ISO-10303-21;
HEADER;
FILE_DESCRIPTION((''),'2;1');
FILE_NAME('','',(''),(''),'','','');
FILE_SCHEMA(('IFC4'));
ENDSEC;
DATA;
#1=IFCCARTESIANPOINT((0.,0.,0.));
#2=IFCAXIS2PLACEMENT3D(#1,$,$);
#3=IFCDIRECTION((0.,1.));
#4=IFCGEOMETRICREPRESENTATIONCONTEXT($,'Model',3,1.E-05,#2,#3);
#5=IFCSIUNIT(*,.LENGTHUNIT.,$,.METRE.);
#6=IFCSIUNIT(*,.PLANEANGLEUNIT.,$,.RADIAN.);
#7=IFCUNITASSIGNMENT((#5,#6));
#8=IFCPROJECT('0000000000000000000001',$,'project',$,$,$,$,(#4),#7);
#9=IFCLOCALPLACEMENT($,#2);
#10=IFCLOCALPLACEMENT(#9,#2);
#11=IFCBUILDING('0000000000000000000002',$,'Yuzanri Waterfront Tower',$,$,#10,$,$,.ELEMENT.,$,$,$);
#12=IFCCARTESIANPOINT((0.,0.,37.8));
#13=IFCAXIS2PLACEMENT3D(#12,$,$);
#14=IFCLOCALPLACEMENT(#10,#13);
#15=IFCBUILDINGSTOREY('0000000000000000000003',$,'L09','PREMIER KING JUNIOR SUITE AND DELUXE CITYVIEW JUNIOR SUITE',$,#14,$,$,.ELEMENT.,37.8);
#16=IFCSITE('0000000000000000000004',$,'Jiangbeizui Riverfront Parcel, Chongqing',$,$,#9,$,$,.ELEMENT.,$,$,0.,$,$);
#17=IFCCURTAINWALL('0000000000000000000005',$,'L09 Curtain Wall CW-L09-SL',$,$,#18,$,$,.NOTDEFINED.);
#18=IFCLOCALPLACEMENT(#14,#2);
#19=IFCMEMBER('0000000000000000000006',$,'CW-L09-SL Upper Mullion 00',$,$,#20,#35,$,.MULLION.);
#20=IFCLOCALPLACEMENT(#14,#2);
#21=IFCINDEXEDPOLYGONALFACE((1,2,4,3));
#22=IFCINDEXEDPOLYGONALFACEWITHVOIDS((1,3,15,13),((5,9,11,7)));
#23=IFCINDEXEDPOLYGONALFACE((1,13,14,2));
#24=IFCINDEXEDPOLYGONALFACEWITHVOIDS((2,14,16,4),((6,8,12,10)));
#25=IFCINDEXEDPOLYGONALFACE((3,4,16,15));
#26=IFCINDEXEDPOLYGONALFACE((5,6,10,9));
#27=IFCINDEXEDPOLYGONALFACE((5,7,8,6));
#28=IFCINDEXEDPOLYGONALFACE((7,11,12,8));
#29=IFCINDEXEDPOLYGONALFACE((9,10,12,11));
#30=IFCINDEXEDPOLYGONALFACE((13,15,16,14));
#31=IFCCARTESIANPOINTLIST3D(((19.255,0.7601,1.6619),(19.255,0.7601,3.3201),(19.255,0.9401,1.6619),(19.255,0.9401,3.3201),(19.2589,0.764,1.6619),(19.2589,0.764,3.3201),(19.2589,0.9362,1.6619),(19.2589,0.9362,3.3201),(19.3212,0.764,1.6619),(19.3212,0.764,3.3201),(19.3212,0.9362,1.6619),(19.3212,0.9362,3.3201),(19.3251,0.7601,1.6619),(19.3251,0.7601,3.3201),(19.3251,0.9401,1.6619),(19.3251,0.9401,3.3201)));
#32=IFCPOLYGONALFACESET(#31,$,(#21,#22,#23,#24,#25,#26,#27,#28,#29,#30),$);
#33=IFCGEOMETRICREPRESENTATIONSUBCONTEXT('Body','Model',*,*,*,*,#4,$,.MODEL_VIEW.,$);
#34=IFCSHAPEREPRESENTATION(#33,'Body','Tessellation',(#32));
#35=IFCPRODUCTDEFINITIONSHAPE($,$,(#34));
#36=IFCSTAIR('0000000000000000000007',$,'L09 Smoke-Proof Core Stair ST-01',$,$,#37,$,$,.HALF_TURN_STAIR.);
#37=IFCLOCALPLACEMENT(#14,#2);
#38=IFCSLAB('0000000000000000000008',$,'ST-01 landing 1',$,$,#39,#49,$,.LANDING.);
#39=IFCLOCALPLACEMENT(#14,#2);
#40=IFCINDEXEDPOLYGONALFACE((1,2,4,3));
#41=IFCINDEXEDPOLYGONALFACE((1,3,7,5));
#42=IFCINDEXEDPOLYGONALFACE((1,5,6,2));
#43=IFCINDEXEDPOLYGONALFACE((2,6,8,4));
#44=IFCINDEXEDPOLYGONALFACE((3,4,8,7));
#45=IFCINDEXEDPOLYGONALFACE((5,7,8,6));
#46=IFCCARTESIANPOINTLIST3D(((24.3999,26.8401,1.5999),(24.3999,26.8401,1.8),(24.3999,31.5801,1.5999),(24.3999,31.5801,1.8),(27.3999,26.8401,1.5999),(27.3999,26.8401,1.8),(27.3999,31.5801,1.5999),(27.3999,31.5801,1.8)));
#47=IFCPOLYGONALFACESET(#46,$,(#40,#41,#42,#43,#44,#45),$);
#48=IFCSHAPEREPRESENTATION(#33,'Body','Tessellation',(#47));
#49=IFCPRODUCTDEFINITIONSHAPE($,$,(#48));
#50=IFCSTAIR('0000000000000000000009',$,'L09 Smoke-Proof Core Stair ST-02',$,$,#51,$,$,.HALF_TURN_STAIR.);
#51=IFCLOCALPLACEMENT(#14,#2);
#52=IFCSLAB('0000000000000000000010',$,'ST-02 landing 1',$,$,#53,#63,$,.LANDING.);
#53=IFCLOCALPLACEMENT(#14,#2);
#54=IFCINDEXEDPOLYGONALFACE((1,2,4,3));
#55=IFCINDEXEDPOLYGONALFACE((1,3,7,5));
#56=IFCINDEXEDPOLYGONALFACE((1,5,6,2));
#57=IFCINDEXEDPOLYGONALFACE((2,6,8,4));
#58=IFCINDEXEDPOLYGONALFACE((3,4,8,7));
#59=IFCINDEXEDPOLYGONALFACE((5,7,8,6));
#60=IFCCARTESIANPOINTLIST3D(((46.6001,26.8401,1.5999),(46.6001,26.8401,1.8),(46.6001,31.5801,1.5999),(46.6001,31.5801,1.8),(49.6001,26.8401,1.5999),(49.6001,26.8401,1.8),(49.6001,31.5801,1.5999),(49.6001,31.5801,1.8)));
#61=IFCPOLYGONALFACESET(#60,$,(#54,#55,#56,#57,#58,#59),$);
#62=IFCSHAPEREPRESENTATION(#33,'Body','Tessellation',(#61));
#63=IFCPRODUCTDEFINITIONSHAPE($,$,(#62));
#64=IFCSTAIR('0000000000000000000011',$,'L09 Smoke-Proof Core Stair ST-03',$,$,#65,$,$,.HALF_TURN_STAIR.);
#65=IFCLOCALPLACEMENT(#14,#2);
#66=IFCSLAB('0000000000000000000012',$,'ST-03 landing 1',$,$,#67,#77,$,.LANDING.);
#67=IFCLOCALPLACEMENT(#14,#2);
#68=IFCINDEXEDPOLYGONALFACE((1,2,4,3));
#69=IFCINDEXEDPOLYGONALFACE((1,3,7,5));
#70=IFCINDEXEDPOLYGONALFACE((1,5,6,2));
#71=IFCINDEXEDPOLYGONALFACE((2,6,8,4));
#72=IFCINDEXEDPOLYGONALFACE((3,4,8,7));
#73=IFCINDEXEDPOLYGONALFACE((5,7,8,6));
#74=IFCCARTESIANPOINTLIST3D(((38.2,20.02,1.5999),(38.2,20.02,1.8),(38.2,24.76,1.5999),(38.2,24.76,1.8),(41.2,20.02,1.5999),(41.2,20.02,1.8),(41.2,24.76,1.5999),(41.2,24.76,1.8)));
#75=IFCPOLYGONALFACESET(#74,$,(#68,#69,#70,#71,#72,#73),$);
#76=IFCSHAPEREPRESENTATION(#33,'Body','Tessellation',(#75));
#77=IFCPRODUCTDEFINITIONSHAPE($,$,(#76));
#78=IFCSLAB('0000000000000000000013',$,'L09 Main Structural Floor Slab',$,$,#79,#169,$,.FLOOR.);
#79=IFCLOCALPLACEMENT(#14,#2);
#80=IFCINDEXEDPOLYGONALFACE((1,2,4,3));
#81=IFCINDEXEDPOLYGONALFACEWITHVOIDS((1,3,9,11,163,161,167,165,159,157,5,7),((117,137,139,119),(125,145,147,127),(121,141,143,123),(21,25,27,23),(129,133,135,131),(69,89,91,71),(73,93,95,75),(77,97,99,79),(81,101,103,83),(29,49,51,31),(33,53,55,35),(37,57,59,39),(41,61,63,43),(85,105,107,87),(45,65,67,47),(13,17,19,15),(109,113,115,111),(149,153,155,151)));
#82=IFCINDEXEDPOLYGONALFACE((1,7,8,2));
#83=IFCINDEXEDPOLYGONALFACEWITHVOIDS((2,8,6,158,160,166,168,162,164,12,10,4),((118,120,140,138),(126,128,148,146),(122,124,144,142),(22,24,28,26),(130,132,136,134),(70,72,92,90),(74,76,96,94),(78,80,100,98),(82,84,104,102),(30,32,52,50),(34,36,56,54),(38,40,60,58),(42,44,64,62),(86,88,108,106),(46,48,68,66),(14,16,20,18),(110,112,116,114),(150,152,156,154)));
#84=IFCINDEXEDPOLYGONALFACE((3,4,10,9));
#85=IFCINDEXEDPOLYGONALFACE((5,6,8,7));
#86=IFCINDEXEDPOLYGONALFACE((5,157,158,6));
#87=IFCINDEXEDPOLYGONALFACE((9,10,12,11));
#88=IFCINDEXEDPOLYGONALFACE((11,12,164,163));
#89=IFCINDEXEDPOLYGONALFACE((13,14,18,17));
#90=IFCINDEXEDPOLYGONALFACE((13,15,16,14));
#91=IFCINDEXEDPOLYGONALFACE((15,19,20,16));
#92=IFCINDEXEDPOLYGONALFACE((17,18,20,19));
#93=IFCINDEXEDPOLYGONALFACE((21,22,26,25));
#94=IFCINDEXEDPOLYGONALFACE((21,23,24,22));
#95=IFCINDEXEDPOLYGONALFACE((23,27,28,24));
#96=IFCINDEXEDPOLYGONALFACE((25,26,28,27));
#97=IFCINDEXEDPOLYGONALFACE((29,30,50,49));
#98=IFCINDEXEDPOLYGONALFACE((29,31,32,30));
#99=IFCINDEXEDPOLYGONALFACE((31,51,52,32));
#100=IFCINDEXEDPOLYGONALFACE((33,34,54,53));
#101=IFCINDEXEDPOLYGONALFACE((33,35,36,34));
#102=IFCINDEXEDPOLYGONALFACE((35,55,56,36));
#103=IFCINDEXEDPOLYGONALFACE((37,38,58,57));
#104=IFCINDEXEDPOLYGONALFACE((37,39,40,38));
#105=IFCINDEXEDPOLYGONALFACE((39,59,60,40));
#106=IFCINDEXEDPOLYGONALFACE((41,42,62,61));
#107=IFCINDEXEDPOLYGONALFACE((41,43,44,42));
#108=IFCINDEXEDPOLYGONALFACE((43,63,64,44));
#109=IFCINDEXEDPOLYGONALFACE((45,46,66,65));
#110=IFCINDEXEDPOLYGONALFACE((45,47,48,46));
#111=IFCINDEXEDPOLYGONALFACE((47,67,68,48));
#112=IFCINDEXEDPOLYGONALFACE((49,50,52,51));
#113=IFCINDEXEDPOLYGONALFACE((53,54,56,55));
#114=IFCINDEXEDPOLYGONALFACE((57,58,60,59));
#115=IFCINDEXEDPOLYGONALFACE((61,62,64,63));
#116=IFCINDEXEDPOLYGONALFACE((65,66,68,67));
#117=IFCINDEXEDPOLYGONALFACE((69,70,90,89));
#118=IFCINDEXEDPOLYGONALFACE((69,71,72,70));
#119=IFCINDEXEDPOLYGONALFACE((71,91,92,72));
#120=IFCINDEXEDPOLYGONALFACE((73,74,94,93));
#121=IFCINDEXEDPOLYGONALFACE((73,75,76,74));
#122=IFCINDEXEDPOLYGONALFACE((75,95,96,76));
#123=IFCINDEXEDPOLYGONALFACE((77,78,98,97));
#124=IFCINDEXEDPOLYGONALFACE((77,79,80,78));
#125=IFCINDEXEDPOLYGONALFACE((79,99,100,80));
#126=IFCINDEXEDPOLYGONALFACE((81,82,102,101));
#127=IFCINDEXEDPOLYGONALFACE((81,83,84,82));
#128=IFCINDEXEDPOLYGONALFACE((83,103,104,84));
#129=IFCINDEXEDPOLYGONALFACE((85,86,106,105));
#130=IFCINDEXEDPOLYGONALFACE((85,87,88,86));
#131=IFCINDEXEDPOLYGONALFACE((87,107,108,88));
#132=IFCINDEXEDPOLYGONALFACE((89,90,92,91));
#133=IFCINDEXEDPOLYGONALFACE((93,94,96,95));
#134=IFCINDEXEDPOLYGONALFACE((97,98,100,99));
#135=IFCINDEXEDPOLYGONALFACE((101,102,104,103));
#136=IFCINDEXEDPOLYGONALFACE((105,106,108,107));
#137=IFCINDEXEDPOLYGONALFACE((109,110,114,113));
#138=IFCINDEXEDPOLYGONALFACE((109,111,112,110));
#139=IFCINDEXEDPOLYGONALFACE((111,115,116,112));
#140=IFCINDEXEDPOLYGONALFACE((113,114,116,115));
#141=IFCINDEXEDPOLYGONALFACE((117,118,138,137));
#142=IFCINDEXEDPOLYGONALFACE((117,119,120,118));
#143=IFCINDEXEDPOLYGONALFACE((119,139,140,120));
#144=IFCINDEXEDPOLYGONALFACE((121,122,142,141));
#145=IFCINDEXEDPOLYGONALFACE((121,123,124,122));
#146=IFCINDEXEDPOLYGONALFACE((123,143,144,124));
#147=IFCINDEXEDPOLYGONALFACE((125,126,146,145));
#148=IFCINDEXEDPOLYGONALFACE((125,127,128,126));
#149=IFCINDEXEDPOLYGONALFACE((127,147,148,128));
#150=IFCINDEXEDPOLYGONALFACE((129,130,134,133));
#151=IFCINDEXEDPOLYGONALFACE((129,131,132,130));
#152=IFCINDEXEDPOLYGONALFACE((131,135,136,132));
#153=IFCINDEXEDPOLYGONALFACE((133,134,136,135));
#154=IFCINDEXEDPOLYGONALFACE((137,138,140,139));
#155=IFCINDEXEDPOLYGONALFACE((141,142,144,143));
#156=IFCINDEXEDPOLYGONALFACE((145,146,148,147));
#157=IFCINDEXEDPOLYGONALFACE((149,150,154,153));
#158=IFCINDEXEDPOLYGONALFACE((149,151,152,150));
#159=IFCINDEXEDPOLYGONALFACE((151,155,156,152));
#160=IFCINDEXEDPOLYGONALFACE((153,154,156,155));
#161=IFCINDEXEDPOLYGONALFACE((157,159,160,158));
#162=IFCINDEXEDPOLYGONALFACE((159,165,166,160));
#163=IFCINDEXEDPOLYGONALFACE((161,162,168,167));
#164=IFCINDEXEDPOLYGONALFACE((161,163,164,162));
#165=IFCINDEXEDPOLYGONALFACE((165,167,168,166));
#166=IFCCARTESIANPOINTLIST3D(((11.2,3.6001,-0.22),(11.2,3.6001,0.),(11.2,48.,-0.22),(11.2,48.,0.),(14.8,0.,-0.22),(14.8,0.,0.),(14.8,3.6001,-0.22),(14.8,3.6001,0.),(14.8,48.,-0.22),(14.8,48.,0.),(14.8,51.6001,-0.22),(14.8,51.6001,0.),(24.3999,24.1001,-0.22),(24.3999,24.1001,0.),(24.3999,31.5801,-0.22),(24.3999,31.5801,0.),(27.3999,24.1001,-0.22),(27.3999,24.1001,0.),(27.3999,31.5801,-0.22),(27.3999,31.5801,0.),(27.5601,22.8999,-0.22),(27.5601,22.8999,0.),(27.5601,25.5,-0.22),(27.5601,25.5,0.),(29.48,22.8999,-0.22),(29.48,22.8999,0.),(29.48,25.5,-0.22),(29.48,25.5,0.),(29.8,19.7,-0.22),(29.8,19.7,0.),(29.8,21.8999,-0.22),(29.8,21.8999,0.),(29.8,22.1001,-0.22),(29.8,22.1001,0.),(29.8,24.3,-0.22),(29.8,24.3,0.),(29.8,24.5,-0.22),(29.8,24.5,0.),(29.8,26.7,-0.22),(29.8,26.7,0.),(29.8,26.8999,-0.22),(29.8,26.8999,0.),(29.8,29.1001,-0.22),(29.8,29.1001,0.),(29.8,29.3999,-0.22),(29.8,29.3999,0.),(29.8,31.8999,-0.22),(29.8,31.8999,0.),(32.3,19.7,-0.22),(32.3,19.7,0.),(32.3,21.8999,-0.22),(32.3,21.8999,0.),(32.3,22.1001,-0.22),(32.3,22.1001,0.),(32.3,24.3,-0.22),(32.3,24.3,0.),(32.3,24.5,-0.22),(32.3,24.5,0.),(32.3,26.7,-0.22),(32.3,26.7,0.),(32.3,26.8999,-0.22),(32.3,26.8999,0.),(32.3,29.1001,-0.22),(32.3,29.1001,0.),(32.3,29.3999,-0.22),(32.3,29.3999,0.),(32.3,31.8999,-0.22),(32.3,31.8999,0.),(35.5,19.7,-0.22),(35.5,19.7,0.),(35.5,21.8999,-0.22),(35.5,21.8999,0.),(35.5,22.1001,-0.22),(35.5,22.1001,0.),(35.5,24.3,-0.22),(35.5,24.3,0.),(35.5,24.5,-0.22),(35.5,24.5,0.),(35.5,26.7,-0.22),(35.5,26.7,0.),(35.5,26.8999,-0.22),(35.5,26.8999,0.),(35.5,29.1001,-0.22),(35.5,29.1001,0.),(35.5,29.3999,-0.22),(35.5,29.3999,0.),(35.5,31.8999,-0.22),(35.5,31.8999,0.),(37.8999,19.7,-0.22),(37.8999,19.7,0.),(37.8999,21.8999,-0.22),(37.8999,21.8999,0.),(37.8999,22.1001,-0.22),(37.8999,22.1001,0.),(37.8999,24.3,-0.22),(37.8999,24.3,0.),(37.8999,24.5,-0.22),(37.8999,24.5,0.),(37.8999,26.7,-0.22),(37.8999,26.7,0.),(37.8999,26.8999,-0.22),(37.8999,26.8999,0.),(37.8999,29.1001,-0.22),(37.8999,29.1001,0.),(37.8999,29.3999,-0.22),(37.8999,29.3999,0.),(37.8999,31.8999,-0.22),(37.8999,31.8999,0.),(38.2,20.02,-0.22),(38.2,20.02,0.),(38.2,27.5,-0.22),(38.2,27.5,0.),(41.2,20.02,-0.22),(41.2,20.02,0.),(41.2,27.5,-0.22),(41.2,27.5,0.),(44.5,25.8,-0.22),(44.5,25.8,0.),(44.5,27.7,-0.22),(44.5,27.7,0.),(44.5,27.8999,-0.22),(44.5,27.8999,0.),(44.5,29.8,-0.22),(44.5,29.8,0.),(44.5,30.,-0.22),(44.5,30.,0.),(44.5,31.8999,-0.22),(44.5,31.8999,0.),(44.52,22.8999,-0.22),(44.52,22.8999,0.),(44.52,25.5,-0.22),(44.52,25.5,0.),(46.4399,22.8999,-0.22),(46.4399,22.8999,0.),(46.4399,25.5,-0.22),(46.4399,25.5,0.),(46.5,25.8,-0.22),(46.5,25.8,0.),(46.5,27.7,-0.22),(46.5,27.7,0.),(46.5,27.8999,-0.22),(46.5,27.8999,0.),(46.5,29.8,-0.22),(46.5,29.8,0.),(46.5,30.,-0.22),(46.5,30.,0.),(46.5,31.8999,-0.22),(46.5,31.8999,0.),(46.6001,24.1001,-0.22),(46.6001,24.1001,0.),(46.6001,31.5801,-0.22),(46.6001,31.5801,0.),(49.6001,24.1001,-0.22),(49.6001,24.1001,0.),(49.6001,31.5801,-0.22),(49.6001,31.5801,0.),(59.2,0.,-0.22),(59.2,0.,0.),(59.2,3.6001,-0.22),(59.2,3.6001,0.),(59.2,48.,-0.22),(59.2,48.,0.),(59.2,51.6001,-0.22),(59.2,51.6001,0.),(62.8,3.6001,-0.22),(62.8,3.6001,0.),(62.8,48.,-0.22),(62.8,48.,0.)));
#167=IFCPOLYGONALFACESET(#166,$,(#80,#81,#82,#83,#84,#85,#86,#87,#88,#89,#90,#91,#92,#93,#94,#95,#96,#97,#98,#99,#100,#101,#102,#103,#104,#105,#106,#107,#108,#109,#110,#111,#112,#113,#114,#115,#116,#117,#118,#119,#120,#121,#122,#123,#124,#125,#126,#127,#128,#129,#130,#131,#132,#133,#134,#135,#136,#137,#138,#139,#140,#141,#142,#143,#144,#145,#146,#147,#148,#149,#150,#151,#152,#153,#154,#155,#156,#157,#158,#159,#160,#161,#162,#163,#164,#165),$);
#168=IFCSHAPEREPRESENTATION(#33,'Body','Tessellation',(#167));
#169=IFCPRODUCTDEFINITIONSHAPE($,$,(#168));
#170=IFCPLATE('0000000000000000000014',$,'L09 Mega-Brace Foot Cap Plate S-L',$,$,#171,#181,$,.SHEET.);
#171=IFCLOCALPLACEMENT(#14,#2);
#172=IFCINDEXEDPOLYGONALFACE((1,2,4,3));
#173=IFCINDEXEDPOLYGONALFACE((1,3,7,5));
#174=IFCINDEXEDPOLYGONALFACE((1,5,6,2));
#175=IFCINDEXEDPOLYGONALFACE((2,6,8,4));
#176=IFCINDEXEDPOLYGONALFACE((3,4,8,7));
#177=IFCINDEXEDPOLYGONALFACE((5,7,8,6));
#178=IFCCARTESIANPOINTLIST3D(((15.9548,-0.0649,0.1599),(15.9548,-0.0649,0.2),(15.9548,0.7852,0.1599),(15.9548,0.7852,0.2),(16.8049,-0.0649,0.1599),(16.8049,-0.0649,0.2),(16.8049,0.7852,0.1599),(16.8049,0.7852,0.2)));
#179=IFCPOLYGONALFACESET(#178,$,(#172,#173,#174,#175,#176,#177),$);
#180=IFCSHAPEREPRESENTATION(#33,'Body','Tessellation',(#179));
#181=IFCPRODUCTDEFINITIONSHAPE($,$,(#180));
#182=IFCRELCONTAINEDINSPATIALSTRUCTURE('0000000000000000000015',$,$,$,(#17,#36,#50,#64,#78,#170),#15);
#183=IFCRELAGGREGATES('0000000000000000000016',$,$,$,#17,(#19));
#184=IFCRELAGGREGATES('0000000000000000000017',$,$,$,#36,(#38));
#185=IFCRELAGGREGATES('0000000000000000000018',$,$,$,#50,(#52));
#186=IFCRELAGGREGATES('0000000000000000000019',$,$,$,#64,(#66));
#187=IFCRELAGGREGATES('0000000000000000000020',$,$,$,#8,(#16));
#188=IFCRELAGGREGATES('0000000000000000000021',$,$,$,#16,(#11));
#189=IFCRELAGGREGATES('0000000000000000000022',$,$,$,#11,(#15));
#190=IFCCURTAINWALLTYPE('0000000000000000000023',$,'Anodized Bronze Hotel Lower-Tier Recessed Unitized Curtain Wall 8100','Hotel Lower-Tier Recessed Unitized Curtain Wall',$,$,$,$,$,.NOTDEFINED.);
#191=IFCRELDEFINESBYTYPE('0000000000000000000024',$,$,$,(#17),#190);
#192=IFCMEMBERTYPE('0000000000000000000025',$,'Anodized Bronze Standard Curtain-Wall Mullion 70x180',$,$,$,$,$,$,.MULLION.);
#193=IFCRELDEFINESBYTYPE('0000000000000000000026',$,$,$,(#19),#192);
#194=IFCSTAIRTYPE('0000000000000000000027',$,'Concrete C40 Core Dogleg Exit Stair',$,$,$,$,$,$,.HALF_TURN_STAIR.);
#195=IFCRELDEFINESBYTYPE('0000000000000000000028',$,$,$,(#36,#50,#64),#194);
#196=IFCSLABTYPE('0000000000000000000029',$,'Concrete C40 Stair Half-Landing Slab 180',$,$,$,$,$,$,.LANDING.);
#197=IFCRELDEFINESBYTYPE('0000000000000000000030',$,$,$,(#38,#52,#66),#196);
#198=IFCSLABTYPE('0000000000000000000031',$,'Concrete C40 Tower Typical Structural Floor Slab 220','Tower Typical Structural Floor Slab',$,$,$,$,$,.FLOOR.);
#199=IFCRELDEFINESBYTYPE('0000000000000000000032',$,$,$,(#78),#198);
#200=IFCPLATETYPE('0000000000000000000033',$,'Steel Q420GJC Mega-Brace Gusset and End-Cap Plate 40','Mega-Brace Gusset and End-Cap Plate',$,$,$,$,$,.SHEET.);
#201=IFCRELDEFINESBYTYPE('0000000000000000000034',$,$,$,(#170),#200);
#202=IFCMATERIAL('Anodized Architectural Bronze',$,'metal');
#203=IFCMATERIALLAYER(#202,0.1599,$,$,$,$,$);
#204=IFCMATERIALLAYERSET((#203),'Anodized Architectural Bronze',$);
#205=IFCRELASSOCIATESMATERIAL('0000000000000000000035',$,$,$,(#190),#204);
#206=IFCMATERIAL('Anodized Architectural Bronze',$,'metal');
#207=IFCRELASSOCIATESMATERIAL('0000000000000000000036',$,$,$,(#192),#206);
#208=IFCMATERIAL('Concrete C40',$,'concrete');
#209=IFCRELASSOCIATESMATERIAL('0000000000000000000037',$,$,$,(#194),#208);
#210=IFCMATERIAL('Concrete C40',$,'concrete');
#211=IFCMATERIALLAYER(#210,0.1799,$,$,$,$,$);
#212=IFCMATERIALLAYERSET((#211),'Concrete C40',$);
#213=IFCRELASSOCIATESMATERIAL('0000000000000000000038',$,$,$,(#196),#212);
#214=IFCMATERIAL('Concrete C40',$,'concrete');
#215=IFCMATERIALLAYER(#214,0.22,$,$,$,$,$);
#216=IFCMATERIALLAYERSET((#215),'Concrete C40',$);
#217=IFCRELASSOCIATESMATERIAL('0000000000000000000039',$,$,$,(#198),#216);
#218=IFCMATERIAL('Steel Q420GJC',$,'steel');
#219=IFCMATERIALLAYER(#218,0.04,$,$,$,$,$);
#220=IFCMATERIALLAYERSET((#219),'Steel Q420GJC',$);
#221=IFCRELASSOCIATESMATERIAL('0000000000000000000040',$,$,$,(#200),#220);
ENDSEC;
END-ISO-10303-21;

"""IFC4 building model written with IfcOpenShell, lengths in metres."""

from ifc_helpers import new_model, si_unit, direction, frame, origin, origin_2d, place, context, subcontext, project, spatial, polyline, rectangle, hollow_rectangle, outline, extrude, source, transform, mapped, material, layer, layer_set, material_profile, profile_set, type_object, element, aggregate, save


model = new_model("IFC4")

# Units and contexts
model_context = context("Model", 3, precision=1e-05, world=origin(), true_north=direction((0.0, 1.0)))
body_context = subcontext(model_context, "Body", "Model", "MODEL_VIEW")
ifc_project = project(units=[si_unit("LENGTHUNIT", "METRE"), si_unit("PLANEANGLEUNIT", "RADIAN")], contexts=[model_context])

# Site, building, storey
site_placement = place(None, origin())
site = spatial("IfcSite", under=ifc_project, at=site_placement, Name="Jiangbeizui Riverfront Parcel, Chongqing", CompositionType="ELEMENT", RefElevation=0.0)
building_placement = place(site_placement, origin())
building = spatial("IfcBuilding", under=site, at=building_placement, Name="Yuzanri Waterfront Tower", CompositionType="ELEMENT")
storey_placement = place(building_placement, frame((0.0, 0.0, 37.8)))
storey = spatial("IfcBuildingStorey", under=building, at=storey_placement, Name="L09", Description="PREMIER KING JUNIOR SUITE AND DELUXE CITYVIEW JUNIOR SUITE", CompositionType="ELEMENT", Elevation=37.8)

# Curtain wall, member
ifc_material_1 = material(Name="Anodized Architectural Bronze", Category="metal")
ifc_layer_1 = layer(ifc_material_1, 0.1599)
ifc_layer_set_1 = layer_set([ifc_layer_1], Name="Anodized Architectural Bronze")
curtain_wall_type = type_object("IfcCurtainWallType", Name="Anodized Bronze Hotel Lower-Tier Recessed Unitized Curtain Wall 8100", Description="Hotel Lower-Tier Recessed Unitized Curtain Wall", PredefinedType="NOTDEFINED", material=ifc_layer_set_1)
curtain_wall_placement = place(storey_placement, origin())
curtain_wall = element("IfcCurtainWall", 1, at=curtain_wall_placement, inside=storey, type_object=curtain_wall_type, Name="L09 Curtain Wall CW-L09-SL", PredefinedType="NOTDEFINED")
ifc_material_2 = material(Name="Anodized Architectural Bronze", Category="metal")
ifc_material_profile_1 = material_profile(ifc_material_2, hollow_rectangle(XDim=0.0701, YDim=0.1799, WallThickness=0.0039, at=origin_2d()), Name="CWM 70x180")
ifc_profile_set_1 = profile_set([ifc_material_profile_1], Name="Anodized Architectural Bronze")
member_type_1 = type_object("IfcMemberType", Name="Anodized Bronze Standard Curtain-Wall Mullion 70x180", PredefinedType="MULLION", material=ifc_profile_set_1)
shared_shape_1 = source(origin(), body_context, "Body", "SweptSolid", [
    extrude(hollow_rectangle(XDim=0.0701, YDim=0.1799, WallThickness=0.0039, at=origin_2d()), origin(), (0.0, 0.0, 1.0), 1.6582),
])
member_1_placement = place(storey_placement, frame((19.29, 0.8501, 1.6619), z_axis=(0.0, 0.0, 1.0), x_axis=(1.0, 0.0, 0.0)))
member_1 = element("IfcMember", 2, at=member_1_placement, type_object=member_type_1, Name="CW-L09-SL Upper Mullion 00", PredefinedType="MULLION", context=body_context, shape_type="MappedRepresentation", body=[
    mapped(shared_shape_1, transform((0.0, 0.0, 0.0), scale=1.0)),
])
aggregate(curtain_wall, [member_1])

# Stairs, slabs
ifc_material_3 = material(Name="Concrete C40", Category="concrete")
stair_type = type_object("IfcStairType", Name="Concrete C40 Core Dogleg Exit Stair", PredefinedType="HALF_TURN_STAIR", material=ifc_material_3)
stair_1_placement = place(storey_placement, origin())
stair_1 = element("IfcStair", 3, at=stair_1_placement, inside=storey, type_object=stair_type, Name="L09 Smoke-Proof Core Stair ST-01", PredefinedType="HALF_TURN_STAIR")
ifc_material_4 = material(Name="Concrete C40", Category="concrete")
ifc_layer_2 = layer(ifc_material_4, 0.1799)
ifc_layer_set_2 = layer_set([ifc_layer_2], Name="Concrete C40")
slab_type_1 = type_object("IfcSlabType", Name="Concrete C40 Stair Half-Landing Slab 180", PredefinedType="LANDING", material=ifc_layer_set_2)
slab_1_placement = place(storey_placement, frame((0.0, 0.0, 1.5999)))
slab_1 = element("IfcSlab", 4, at=slab_1_placement, type_object=slab_type_1, Name="ST-01 landing 1", PredefinedType="LANDING", context=body_context, shape_type="SweptSolid", body=[
    extrude(outline(polyline([(27.3999, 26.8401), (27.3999, 31.5801), (24.3999, 31.5801), (24.3999, 26.8401), (27.3999, 26.8401)])), origin(), (0.0, 0.0, 1.0), 0.2002),
])
aggregate(stair_1, [slab_1])
stair_2_placement = place(storey_placement, origin())
stair_2 = element("IfcStair", 5, at=stair_2_placement, inside=storey, type_object=stair_type, Name="L09 Smoke-Proof Core Stair ST-02", PredefinedType="HALF_TURN_STAIR")
slab_2_placement = place(storey_placement, frame((0.0, 0.0, 1.5999)))
slab_2 = element("IfcSlab", 6, at=slab_2_placement, type_object=slab_type_1, Name="ST-02 landing 1", PredefinedType="LANDING", context=body_context, shape_type="SweptSolid", body=[
    extrude(outline(polyline([(49.6001, 26.8401), (49.6001, 31.5801), (46.6001, 31.5801), (46.6001, 26.8401), (49.6001, 26.8401)])), origin(), (0.0, 0.0, 1.0), 0.2002),
])
aggregate(stair_2, [slab_2])
stair_3_placement = place(storey_placement, origin())
stair_3 = element("IfcStair", 7, at=stair_3_placement, inside=storey, type_object=stair_type, Name="L09 Smoke-Proof Core Stair ST-03", PredefinedType="HALF_TURN_STAIR")
slab_3_placement = place(storey_placement, frame((0.0, 0.0, 1.5999)))
slab_3 = element("IfcSlab", 8, at=slab_3_placement, type_object=slab_type_1, Name="ST-03 landing 1", PredefinedType="LANDING", context=body_context, shape_type="SweptSolid", body=[
    extrude(outline(polyline([(38.2, 24.76), (38.2, 20.02), (41.2, 20.02), (41.2, 24.76), (38.2, 24.76)])), origin(), (0.0, 0.0, 1.0), 0.2002),
])
aggregate(stair_3, [slab_3])

# Slab
ifc_material_5 = material(Name="Concrete C40", Category="concrete")
ifc_layer_3 = layer(ifc_material_5, 0.22)
ifc_layer_set_3 = layer_set([ifc_layer_3], Name="Concrete C40")
slab_type_2 = type_object("IfcSlabType", Name="Concrete C40 Tower Typical Structural Floor Slab 220", Description="Tower Typical Structural Floor Slab", PredefinedType="FLOOR", material=ifc_layer_set_3)
slab_4_placement = place(storey_placement, frame((0.0, 0.0, -0.22)))
element("IfcSlab", 9, at=slab_4_placement, inside=storey, type_object=slab_type_2, Name="L09 Main Structural Floor Slab", PredefinedType="FLOOR", context=body_context, shape_type="SweptSolid", body=[
    extrude(outline(polyline([(14.8, 0.0), (59.2, 0.0), (59.2, 3.6001), (62.8, 3.6001), (62.8, 48.0), (59.2, 48.0), (59.2, 51.6001), (14.8, 51.6001), (14.8, 48.0), (11.2, 48.0), (11.2, 3.6001), (14.8, 3.6001), (14.8, 0.0)]), holes=[polyline([(27.3999, 24.1001), (27.3999, 31.5801), (24.3999, 31.5801), (24.3999, 24.1001), (27.3999, 24.1001)]), polyline([(49.6001, 24.1001), (49.6001, 31.5801), (46.6001, 31.5801), (46.6001, 24.1001), (49.6001, 24.1001)]), polyline([(38.2, 27.5), (38.2, 20.02), (41.2, 20.02), (41.2, 27.5), (38.2, 27.5)]), polyline([(27.5601, 22.8999), (29.48, 22.8999), (29.48, 25.5), (27.5601, 25.5), (27.5601, 22.8999)]), polyline([(44.52, 22.8999), (46.4399, 22.8999), (46.4399, 25.5), (44.52, 25.5), (44.52, 22.8999)]), polyline([(29.8, 19.7), (32.3, 19.7), (32.3, 21.8999), (29.8, 21.8999), (29.8, 19.7)]), polyline([(29.8, 22.1001), (32.3, 22.1001), (32.3, 24.3), (29.8, 24.3), (29.8, 22.1001)]), polyline([(29.8, 24.5), (32.3, 24.5), (32.3, 26.7), (29.8, 26.7), (29.8, 24.5)]), polyline([(29.8, 26.8999), (32.3, 26.8999), (32.3, 29.1001), (29.8, 29.1001), (29.8, 26.8999)]), polyline([(29.8, 29.3999), (32.3, 29.3999), (32.3, 31.8999), (29.8, 31.8999), (29.8, 29.3999)]), polyline([(35.5, 19.7), (37.8999, 19.7), (37.8999, 21.8999), (35.5, 21.8999), (35.5, 19.7)]), polyline([(35.5, 22.1001), (37.8999, 22.1001), (37.8999, 24.3), (35.5, 24.3), (35.5, 22.1001)]), polyline([(35.5, 24.5), (37.8999, 24.5), (37.8999, 26.7), (35.5, 26.7), (35.5, 24.5)]), polyline([(35.5, 26.8999), (37.8999, 26.8999), (37.8999, 29.1001), (35.5, 29.1001), (35.5, 26.8999)]), polyline([(35.5, 29.3999), (37.8999, 29.3999), (37.8999, 31.8999), (35.5, 31.8999), (35.5, 29.3999)]), polyline([(44.5, 25.8), (46.5, 25.8), (46.5, 27.7), (44.5, 27.7), (44.5, 25.8)]), polyline([(44.5, 27.8999), (46.5, 27.8999), (46.5, 29.8), (44.5, 29.8), (44.5, 27.8999)]), polyline([(44.5, 30.0), (46.5, 30.0), (46.5, 31.8999), (44.5, 31.8999), (44.5, 30.0)])]), origin(), (0.0, 0.0, 1.0), 0.22),
])

# Plate
ifc_material_6 = material(Name="Steel Q420GJC", Category="steel")
ifc_layer_4 = layer(ifc_material_6, 0.04)
ifc_layer_set_4 = layer_set([ifc_layer_4], Name="Steel Q420GJC")
plate_type = type_object("IfcPlateType", Name="Steel Q420GJC Mega-Brace Gusset and End-Cap Plate 40", Description="Mega-Brace Gusset and End-Cap Plate", PredefinedType="SHEET", material=ifc_layer_set_4)
shared_shape_2 = source(origin(), body_context, "Body", "SweptSolid", [
    extrude(rectangle(XDim=0.8501, YDim=0.8501, at=origin_2d()), origin(), (0.0, 0.0, 1.0), 0.04),
])
plate_placement = place(storey_placement, frame((16.3799, 0.3601, 0.1599), z_axis=(0.0, 0.0, 1.0), x_axis=(1.0, 0.0, 0.0)))
element("IfcPlate", 10, at=plate_placement, inside=storey, type_object=plate_type, Name="L09 Mega-Brace Foot Cap Plate S-L", PredefinedType="SHEET", context=body_context, shape_type="MappedRepresentation", body=[
    mapped(shared_shape_2, transform((0.0, 0.0, 0.0), scale=1.0)),
])

save(model, "model.ifc")
